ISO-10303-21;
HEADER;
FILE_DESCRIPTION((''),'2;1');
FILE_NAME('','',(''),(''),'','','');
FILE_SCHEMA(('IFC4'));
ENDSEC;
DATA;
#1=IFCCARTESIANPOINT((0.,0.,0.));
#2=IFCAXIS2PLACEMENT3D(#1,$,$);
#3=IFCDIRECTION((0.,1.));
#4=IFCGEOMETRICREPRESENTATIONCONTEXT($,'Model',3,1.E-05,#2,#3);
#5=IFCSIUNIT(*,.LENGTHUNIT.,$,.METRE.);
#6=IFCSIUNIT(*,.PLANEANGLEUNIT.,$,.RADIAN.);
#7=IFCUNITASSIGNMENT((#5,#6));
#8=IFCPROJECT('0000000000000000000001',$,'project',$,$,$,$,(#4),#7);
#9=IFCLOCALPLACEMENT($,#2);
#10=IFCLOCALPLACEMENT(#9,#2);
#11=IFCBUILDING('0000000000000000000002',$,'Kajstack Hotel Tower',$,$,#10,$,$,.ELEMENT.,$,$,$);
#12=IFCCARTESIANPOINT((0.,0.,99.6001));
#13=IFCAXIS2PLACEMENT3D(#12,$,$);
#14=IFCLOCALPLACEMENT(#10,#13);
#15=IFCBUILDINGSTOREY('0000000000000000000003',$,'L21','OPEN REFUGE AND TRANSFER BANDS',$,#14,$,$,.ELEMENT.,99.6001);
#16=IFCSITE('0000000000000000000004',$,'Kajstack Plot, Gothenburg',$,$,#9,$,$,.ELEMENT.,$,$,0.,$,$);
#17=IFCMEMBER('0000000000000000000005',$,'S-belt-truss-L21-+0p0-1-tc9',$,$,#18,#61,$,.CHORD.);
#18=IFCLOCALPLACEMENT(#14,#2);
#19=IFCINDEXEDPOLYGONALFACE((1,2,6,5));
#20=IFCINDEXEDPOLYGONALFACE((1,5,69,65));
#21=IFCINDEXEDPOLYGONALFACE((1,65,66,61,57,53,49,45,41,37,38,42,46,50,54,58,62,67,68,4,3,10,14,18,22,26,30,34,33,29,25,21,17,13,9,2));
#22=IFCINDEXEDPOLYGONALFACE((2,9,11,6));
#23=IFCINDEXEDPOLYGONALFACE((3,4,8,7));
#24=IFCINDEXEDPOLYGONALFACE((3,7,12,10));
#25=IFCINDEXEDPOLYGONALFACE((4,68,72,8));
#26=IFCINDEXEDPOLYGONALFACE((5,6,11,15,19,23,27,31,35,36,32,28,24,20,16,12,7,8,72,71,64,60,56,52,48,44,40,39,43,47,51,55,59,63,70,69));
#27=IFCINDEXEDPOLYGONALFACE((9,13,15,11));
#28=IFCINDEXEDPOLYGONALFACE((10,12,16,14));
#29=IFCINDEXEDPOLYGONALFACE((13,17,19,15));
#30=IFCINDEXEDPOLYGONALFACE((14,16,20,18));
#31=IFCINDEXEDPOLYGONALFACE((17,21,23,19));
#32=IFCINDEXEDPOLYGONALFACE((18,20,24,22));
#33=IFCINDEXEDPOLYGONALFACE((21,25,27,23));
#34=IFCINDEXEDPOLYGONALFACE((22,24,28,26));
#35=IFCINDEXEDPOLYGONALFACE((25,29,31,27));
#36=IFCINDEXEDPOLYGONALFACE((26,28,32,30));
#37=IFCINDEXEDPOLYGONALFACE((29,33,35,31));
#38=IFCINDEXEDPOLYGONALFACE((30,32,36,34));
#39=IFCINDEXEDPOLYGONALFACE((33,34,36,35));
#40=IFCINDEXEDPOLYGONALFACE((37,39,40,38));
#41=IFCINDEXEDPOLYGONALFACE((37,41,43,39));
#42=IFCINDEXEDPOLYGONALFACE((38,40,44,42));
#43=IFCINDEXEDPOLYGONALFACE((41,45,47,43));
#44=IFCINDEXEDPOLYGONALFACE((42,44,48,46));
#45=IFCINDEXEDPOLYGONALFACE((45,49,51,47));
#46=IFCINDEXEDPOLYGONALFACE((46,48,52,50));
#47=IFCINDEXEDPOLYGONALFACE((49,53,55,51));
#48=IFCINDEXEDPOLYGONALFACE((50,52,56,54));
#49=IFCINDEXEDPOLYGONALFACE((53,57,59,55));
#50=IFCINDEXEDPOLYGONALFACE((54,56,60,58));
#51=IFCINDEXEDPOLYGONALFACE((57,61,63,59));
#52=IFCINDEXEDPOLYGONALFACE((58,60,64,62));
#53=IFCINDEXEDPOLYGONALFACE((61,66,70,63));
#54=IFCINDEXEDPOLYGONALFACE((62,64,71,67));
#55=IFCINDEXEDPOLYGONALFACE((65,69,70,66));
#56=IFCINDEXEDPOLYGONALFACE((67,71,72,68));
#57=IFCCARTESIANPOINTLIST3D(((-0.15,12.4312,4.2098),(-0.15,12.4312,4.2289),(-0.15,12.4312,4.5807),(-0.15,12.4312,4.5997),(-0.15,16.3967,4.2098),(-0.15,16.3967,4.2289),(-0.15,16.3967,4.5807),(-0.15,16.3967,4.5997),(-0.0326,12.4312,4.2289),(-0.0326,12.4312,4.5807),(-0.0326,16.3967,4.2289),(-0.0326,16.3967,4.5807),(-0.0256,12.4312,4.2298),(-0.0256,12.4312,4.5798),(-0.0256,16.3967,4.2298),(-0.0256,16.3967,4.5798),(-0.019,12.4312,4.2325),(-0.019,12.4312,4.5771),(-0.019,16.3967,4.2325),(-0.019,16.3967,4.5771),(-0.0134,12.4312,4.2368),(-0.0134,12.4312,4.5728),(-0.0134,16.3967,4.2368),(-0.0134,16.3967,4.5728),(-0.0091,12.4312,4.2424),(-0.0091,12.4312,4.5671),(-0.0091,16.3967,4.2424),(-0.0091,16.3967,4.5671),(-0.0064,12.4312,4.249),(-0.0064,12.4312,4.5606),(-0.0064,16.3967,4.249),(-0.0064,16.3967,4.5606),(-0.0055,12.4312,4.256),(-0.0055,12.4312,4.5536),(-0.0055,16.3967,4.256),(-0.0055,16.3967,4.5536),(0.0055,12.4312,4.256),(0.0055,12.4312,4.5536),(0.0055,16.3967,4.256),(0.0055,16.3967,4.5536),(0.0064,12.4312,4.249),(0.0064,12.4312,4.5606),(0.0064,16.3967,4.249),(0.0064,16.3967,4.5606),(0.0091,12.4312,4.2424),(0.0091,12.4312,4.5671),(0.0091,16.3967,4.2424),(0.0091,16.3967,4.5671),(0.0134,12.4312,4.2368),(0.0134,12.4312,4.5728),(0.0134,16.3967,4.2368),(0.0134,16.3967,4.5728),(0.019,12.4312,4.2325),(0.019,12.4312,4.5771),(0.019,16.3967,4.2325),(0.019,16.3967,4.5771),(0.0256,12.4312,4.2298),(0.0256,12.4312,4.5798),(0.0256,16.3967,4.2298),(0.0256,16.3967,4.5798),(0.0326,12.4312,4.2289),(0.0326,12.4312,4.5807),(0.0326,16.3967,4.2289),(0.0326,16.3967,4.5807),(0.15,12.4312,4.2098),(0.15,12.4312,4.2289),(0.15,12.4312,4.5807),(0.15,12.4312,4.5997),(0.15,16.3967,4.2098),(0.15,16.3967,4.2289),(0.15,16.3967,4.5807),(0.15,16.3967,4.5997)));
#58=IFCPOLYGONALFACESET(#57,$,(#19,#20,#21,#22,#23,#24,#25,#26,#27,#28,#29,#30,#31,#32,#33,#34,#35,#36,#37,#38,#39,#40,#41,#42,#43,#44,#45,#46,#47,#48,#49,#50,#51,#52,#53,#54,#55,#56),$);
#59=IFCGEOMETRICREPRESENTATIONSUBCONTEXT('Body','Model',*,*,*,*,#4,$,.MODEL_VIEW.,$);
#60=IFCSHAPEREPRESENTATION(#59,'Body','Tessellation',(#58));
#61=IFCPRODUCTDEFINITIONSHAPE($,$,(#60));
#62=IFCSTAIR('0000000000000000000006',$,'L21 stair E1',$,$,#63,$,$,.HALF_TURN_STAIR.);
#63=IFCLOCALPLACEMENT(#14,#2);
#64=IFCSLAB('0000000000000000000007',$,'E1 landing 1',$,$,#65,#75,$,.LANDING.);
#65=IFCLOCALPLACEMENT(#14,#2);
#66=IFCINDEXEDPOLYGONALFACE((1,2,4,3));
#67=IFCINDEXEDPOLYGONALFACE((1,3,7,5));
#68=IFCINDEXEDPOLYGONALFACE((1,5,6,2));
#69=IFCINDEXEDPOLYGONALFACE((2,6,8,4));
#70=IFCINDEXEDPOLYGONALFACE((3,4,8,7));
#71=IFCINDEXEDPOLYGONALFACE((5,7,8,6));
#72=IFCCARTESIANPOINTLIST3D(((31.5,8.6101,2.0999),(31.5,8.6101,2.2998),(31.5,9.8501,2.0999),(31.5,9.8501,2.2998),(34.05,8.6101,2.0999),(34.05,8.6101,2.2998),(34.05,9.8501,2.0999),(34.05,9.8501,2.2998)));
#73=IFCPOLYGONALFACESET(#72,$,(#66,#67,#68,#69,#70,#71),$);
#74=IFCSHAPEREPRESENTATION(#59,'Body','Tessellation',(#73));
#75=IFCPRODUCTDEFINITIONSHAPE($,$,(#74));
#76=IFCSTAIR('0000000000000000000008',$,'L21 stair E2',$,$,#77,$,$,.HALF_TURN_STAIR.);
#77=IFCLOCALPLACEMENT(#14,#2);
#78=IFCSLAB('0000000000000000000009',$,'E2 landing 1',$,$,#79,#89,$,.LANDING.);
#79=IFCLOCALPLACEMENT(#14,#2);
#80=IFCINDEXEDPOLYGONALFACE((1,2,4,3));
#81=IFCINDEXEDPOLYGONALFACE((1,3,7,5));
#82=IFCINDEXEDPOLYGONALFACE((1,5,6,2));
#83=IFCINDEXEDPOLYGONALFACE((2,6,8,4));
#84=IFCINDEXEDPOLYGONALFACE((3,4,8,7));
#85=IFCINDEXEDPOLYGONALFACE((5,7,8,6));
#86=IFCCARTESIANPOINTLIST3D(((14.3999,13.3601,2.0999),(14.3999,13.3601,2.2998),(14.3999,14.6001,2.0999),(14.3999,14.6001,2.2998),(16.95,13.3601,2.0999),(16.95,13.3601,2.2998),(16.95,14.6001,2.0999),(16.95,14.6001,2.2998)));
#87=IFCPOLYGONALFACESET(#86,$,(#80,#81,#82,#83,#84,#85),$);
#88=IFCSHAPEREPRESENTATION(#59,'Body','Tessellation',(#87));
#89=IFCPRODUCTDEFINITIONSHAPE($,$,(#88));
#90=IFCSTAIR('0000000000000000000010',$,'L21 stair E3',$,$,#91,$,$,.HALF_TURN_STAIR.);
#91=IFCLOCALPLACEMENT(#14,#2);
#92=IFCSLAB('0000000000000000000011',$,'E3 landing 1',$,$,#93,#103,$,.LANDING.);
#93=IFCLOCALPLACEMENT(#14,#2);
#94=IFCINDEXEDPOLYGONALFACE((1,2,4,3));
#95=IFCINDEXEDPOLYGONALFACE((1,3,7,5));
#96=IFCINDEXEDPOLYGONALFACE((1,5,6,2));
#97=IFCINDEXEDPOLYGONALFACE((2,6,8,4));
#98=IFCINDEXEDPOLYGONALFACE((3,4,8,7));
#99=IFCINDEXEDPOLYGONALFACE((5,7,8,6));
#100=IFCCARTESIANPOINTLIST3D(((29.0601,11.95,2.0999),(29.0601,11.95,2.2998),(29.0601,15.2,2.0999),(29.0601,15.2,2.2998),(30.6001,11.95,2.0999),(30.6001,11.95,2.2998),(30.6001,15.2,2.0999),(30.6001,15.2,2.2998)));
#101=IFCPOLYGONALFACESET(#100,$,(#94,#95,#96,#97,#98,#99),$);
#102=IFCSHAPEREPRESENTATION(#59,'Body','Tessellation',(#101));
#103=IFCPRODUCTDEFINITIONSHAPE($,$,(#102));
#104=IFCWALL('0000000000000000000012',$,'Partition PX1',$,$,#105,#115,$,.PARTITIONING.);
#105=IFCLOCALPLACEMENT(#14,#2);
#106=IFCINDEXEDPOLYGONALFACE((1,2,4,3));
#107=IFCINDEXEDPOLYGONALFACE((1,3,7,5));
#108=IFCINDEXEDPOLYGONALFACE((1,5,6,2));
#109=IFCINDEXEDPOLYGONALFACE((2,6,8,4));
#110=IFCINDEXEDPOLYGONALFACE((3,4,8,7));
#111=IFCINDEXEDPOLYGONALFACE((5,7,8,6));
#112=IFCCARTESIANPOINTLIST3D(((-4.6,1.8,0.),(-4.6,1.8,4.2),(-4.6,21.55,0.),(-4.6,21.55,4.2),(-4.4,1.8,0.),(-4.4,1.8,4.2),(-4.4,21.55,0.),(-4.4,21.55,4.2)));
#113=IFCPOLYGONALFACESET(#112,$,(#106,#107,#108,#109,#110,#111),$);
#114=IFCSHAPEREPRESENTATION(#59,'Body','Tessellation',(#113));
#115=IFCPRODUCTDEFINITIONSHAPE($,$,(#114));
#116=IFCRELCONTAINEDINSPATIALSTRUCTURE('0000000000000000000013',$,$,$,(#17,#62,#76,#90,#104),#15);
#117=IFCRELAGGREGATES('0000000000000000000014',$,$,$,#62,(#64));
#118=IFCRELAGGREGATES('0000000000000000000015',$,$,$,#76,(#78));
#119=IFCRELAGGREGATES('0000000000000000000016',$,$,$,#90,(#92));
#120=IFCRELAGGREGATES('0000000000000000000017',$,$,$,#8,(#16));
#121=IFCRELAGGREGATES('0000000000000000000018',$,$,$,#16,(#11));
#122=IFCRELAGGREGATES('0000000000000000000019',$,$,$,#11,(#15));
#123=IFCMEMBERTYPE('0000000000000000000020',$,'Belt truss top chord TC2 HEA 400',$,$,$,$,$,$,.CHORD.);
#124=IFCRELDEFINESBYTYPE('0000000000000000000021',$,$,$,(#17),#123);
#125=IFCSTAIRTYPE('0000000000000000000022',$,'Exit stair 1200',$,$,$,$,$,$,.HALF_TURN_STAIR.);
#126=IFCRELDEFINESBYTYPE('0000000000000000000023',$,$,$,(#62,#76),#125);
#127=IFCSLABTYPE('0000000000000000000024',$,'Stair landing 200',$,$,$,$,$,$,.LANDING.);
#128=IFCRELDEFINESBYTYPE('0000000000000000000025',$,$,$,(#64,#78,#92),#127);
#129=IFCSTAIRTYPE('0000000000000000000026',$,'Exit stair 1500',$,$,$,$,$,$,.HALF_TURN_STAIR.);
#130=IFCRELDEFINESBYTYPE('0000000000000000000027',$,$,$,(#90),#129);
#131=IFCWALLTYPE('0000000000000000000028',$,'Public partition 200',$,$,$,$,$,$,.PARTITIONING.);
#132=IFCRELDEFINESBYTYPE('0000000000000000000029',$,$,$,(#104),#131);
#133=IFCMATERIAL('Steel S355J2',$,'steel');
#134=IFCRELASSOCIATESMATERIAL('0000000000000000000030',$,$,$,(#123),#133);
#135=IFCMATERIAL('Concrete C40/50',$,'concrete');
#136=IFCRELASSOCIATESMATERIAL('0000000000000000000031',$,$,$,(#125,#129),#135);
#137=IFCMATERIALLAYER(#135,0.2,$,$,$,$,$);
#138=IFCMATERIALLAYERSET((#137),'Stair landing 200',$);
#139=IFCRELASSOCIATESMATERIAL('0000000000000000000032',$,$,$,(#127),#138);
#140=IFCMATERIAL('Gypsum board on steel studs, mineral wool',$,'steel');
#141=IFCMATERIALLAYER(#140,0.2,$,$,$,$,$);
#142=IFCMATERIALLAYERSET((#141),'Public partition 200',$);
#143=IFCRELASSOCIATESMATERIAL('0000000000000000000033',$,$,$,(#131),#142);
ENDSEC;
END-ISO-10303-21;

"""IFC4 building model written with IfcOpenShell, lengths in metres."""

from ifc_helpers import new_model, si_unit, direction, frame, frame_2d, origin, origin_2d, place, context, subcontext, project, spatial, polyline, rectangle, i_section, outline, extrude, material, layer, layer_set, material_profile, profile_set, type_object, element, aggregate, save


model = new_model("IFC4")

# Units and contexts
model_context = context("Model", 3, precision=1e-05, world=origin(), true_north=direction((0.0, 1.0)))
body_context = subcontext(model_context, "Body", "Model", "MODEL_VIEW")
ifc_project = project(units=[si_unit("LENGTHUNIT", "METRE"), si_unit("PLANEANGLEUNIT", "RADIAN")], contexts=[model_context])

# Site, building, storey
site_placement = place(None, origin())
site = spatial("IfcSite", under=ifc_project, at=site_placement, Name="Kajstack Plot, Gothenburg", CompositionType="ELEMENT", RefElevation=0.0)
building_placement = place(site_placement, origin())
building = spatial("IfcBuilding", under=site, at=building_placement, Name="Kajstack Hotel Tower", CompositionType="ELEMENT")
storey_placement = place(building_placement, frame((0.0, 0.0, 99.6001)))
storey = spatial("IfcBuildingStorey", under=building, at=storey_placement, Name="L21", Description="OPEN REFUGE AND TRANSFER BANDS", CompositionType="ELEMENT", Elevation=99.6001)

# Member
ifc_material_1 = material(Name="Steel S355J2", Category="steel")
ifc_material_profile_1 = material_profile(ifc_material_1, i_section(OverallWidth=0.3, OverallDepth=0.3899, WebThickness=0.011, FlangeThickness=0.019, FilletRadius=0.0271, at=origin_2d()), Name="HEA 400")
ifc_profile_set_1 = profile_set([ifc_material_profile_1], Name="Steel S355J2")
member_type_1 = type_object("IfcMemberType", Name="Belt truss top chord TC2 HEA 400", PredefinedType="CHORD", material=ifc_profile_set_1)
for number, where, z_axis, x_axis, name in (
    (1, (0.0, 12.4312, 4.4048), (0.0, 1.0, 0.0), (-1.0, 0.0, 0.0), "S-belt-truss-L21-+0p0-1-tc9"),
):
    element("IfcMember", number, at=place(storey_placement, frame(where, z_axis=z_axis, x_axis=x_axis)), inside=storey, type_object=member_type_1, Name=name, PredefinedType="CHORD", context=body_context, shape_type="SweptSolid", body=[
        extrude(i_section(OverallWidth=0.3, OverallDepth=0.3899, WebThickness=0.011, FlangeThickness=0.019, FilletRadius=0.0271, at=origin_2d()), origin(), (0.0, 0.0, 1.0), 3.9656),
    ])

# Stairs, slabs
ifc_material_2 = material(Name="Concrete C40/50", Category="concrete")
stair_type_1 = type_object("IfcStairType", Name="Exit stair 1200", PredefinedType="HALF_TURN_STAIR", material=ifc_material_2)
stair_1_placement = place(storey_placement, origin())
stair_1 = element("IfcStair", 2, at=stair_1_placement, inside=storey, type_object=stair_type_1, Name="L21 stair E1", PredefinedType="HALF_TURN_STAIR")
ifc_layer_1 = layer(ifc_material_2, 0.2)
ifc_layer_set_1 = layer_set([ifc_layer_1], Name="Stair landing 200")
slab_type = type_object("IfcSlabType", Name="Stair landing 200", PredefinedType="LANDING", material=ifc_layer_set_1)
slab_1_placement = place(storey_placement, frame((0.0, 0.0, 2.0999)))
slab_1 = element("IfcSlab", 3, at=slab_1_placement, type_object=slab_type, Name="E1 landing 1", PredefinedType="LANDING", context=body_context, shape_type="SweptSolid", body=[
    extrude(outline(polyline([(34.05, 8.6101), (34.05, 9.8501), (31.5, 9.8501), (31.5, 8.6101), (34.05, 8.6101)])), origin(), (0.0, 0.0, 1.0), 0.2),
])
aggregate(stair_1, [slab_1])
stair_2_placement = place(storey_placement, origin())
stair_2 = element("IfcStair", 4, at=stair_2_placement, inside=storey, type_object=stair_type_1, Name="L21 stair E2", PredefinedType="HALF_TURN_STAIR")
slab_2_placement = place(storey_placement, frame((0.0, 0.0, 2.0999)))
slab_2 = element("IfcSlab", 5, at=slab_2_placement, type_object=slab_type, Name="E2 landing 1", PredefinedType="LANDING", context=body_context, shape_type="SweptSolid", body=[
    extrude(outline(polyline([(16.95, 13.3601), (16.95, 14.6001), (14.3999, 14.6001), (14.3999, 13.3601), (16.95, 13.3601)])), origin(), (0.0, 0.0, 1.0), 0.2),
])
aggregate(stair_2, [slab_2])
stair_type_2 = type_object("IfcStairType", Name="Exit stair 1500", PredefinedType="HALF_TURN_STAIR", material=ifc_material_2)
stair_3_placement = place(storey_placement, origin())
stair_3 = element("IfcStair", 6, at=stair_3_placement, inside=storey, type_object=stair_type_2, Name="L21 stair E3", PredefinedType="HALF_TURN_STAIR")
slab_3_placement = place(storey_placement, frame((0.0, 0.0, 2.0999)))
slab_3 = element("IfcSlab", 7, at=slab_3_placement, type_object=slab_type, Name="E3 landing 1", PredefinedType="LANDING", context=body_context, shape_type="SweptSolid", body=[
    extrude(outline(polyline([(29.0601, 11.95), (30.6001, 11.95), (30.6001, 15.2), (29.0601, 15.2), (29.0601, 11.95)])), origin(), (0.0, 0.0, 1.0), 0.2),
])
aggregate(stair_3, [slab_3])

# Wall
ifc_material_3 = material(Name="Gypsum board on steel studs, mineral wool", Category="steel")
ifc_layer_2 = layer(ifc_material_3, 0.2)
ifc_layer_set_2 = layer_set([ifc_layer_2], Name="Public partition 200")
wall_type = type_object("IfcWallType", Name="Public partition 200", PredefinedType="PARTITIONING", material=ifc_layer_set_2)
wall_1_placement = place(storey_placement, frame((-4.5, 1.8, 0.0), z_axis=(0.0, 0.0, 1.0), x_axis=(0.0, 1.0, 0.0)))
element("IfcWall", 8, at=wall_1_placement, inside=storey, type_object=wall_type, Name="Partition PX1", PredefinedType="PARTITIONING", context=body_context, shape_type="SweptSolid", body=[
    extrude(rectangle(XDim=19.75, YDim=0.2, at=frame_2d((9.875, 0.0))), origin(), (0.0, 0.0, 1.0), 4.2),
])

save(model, "model.ifc")
